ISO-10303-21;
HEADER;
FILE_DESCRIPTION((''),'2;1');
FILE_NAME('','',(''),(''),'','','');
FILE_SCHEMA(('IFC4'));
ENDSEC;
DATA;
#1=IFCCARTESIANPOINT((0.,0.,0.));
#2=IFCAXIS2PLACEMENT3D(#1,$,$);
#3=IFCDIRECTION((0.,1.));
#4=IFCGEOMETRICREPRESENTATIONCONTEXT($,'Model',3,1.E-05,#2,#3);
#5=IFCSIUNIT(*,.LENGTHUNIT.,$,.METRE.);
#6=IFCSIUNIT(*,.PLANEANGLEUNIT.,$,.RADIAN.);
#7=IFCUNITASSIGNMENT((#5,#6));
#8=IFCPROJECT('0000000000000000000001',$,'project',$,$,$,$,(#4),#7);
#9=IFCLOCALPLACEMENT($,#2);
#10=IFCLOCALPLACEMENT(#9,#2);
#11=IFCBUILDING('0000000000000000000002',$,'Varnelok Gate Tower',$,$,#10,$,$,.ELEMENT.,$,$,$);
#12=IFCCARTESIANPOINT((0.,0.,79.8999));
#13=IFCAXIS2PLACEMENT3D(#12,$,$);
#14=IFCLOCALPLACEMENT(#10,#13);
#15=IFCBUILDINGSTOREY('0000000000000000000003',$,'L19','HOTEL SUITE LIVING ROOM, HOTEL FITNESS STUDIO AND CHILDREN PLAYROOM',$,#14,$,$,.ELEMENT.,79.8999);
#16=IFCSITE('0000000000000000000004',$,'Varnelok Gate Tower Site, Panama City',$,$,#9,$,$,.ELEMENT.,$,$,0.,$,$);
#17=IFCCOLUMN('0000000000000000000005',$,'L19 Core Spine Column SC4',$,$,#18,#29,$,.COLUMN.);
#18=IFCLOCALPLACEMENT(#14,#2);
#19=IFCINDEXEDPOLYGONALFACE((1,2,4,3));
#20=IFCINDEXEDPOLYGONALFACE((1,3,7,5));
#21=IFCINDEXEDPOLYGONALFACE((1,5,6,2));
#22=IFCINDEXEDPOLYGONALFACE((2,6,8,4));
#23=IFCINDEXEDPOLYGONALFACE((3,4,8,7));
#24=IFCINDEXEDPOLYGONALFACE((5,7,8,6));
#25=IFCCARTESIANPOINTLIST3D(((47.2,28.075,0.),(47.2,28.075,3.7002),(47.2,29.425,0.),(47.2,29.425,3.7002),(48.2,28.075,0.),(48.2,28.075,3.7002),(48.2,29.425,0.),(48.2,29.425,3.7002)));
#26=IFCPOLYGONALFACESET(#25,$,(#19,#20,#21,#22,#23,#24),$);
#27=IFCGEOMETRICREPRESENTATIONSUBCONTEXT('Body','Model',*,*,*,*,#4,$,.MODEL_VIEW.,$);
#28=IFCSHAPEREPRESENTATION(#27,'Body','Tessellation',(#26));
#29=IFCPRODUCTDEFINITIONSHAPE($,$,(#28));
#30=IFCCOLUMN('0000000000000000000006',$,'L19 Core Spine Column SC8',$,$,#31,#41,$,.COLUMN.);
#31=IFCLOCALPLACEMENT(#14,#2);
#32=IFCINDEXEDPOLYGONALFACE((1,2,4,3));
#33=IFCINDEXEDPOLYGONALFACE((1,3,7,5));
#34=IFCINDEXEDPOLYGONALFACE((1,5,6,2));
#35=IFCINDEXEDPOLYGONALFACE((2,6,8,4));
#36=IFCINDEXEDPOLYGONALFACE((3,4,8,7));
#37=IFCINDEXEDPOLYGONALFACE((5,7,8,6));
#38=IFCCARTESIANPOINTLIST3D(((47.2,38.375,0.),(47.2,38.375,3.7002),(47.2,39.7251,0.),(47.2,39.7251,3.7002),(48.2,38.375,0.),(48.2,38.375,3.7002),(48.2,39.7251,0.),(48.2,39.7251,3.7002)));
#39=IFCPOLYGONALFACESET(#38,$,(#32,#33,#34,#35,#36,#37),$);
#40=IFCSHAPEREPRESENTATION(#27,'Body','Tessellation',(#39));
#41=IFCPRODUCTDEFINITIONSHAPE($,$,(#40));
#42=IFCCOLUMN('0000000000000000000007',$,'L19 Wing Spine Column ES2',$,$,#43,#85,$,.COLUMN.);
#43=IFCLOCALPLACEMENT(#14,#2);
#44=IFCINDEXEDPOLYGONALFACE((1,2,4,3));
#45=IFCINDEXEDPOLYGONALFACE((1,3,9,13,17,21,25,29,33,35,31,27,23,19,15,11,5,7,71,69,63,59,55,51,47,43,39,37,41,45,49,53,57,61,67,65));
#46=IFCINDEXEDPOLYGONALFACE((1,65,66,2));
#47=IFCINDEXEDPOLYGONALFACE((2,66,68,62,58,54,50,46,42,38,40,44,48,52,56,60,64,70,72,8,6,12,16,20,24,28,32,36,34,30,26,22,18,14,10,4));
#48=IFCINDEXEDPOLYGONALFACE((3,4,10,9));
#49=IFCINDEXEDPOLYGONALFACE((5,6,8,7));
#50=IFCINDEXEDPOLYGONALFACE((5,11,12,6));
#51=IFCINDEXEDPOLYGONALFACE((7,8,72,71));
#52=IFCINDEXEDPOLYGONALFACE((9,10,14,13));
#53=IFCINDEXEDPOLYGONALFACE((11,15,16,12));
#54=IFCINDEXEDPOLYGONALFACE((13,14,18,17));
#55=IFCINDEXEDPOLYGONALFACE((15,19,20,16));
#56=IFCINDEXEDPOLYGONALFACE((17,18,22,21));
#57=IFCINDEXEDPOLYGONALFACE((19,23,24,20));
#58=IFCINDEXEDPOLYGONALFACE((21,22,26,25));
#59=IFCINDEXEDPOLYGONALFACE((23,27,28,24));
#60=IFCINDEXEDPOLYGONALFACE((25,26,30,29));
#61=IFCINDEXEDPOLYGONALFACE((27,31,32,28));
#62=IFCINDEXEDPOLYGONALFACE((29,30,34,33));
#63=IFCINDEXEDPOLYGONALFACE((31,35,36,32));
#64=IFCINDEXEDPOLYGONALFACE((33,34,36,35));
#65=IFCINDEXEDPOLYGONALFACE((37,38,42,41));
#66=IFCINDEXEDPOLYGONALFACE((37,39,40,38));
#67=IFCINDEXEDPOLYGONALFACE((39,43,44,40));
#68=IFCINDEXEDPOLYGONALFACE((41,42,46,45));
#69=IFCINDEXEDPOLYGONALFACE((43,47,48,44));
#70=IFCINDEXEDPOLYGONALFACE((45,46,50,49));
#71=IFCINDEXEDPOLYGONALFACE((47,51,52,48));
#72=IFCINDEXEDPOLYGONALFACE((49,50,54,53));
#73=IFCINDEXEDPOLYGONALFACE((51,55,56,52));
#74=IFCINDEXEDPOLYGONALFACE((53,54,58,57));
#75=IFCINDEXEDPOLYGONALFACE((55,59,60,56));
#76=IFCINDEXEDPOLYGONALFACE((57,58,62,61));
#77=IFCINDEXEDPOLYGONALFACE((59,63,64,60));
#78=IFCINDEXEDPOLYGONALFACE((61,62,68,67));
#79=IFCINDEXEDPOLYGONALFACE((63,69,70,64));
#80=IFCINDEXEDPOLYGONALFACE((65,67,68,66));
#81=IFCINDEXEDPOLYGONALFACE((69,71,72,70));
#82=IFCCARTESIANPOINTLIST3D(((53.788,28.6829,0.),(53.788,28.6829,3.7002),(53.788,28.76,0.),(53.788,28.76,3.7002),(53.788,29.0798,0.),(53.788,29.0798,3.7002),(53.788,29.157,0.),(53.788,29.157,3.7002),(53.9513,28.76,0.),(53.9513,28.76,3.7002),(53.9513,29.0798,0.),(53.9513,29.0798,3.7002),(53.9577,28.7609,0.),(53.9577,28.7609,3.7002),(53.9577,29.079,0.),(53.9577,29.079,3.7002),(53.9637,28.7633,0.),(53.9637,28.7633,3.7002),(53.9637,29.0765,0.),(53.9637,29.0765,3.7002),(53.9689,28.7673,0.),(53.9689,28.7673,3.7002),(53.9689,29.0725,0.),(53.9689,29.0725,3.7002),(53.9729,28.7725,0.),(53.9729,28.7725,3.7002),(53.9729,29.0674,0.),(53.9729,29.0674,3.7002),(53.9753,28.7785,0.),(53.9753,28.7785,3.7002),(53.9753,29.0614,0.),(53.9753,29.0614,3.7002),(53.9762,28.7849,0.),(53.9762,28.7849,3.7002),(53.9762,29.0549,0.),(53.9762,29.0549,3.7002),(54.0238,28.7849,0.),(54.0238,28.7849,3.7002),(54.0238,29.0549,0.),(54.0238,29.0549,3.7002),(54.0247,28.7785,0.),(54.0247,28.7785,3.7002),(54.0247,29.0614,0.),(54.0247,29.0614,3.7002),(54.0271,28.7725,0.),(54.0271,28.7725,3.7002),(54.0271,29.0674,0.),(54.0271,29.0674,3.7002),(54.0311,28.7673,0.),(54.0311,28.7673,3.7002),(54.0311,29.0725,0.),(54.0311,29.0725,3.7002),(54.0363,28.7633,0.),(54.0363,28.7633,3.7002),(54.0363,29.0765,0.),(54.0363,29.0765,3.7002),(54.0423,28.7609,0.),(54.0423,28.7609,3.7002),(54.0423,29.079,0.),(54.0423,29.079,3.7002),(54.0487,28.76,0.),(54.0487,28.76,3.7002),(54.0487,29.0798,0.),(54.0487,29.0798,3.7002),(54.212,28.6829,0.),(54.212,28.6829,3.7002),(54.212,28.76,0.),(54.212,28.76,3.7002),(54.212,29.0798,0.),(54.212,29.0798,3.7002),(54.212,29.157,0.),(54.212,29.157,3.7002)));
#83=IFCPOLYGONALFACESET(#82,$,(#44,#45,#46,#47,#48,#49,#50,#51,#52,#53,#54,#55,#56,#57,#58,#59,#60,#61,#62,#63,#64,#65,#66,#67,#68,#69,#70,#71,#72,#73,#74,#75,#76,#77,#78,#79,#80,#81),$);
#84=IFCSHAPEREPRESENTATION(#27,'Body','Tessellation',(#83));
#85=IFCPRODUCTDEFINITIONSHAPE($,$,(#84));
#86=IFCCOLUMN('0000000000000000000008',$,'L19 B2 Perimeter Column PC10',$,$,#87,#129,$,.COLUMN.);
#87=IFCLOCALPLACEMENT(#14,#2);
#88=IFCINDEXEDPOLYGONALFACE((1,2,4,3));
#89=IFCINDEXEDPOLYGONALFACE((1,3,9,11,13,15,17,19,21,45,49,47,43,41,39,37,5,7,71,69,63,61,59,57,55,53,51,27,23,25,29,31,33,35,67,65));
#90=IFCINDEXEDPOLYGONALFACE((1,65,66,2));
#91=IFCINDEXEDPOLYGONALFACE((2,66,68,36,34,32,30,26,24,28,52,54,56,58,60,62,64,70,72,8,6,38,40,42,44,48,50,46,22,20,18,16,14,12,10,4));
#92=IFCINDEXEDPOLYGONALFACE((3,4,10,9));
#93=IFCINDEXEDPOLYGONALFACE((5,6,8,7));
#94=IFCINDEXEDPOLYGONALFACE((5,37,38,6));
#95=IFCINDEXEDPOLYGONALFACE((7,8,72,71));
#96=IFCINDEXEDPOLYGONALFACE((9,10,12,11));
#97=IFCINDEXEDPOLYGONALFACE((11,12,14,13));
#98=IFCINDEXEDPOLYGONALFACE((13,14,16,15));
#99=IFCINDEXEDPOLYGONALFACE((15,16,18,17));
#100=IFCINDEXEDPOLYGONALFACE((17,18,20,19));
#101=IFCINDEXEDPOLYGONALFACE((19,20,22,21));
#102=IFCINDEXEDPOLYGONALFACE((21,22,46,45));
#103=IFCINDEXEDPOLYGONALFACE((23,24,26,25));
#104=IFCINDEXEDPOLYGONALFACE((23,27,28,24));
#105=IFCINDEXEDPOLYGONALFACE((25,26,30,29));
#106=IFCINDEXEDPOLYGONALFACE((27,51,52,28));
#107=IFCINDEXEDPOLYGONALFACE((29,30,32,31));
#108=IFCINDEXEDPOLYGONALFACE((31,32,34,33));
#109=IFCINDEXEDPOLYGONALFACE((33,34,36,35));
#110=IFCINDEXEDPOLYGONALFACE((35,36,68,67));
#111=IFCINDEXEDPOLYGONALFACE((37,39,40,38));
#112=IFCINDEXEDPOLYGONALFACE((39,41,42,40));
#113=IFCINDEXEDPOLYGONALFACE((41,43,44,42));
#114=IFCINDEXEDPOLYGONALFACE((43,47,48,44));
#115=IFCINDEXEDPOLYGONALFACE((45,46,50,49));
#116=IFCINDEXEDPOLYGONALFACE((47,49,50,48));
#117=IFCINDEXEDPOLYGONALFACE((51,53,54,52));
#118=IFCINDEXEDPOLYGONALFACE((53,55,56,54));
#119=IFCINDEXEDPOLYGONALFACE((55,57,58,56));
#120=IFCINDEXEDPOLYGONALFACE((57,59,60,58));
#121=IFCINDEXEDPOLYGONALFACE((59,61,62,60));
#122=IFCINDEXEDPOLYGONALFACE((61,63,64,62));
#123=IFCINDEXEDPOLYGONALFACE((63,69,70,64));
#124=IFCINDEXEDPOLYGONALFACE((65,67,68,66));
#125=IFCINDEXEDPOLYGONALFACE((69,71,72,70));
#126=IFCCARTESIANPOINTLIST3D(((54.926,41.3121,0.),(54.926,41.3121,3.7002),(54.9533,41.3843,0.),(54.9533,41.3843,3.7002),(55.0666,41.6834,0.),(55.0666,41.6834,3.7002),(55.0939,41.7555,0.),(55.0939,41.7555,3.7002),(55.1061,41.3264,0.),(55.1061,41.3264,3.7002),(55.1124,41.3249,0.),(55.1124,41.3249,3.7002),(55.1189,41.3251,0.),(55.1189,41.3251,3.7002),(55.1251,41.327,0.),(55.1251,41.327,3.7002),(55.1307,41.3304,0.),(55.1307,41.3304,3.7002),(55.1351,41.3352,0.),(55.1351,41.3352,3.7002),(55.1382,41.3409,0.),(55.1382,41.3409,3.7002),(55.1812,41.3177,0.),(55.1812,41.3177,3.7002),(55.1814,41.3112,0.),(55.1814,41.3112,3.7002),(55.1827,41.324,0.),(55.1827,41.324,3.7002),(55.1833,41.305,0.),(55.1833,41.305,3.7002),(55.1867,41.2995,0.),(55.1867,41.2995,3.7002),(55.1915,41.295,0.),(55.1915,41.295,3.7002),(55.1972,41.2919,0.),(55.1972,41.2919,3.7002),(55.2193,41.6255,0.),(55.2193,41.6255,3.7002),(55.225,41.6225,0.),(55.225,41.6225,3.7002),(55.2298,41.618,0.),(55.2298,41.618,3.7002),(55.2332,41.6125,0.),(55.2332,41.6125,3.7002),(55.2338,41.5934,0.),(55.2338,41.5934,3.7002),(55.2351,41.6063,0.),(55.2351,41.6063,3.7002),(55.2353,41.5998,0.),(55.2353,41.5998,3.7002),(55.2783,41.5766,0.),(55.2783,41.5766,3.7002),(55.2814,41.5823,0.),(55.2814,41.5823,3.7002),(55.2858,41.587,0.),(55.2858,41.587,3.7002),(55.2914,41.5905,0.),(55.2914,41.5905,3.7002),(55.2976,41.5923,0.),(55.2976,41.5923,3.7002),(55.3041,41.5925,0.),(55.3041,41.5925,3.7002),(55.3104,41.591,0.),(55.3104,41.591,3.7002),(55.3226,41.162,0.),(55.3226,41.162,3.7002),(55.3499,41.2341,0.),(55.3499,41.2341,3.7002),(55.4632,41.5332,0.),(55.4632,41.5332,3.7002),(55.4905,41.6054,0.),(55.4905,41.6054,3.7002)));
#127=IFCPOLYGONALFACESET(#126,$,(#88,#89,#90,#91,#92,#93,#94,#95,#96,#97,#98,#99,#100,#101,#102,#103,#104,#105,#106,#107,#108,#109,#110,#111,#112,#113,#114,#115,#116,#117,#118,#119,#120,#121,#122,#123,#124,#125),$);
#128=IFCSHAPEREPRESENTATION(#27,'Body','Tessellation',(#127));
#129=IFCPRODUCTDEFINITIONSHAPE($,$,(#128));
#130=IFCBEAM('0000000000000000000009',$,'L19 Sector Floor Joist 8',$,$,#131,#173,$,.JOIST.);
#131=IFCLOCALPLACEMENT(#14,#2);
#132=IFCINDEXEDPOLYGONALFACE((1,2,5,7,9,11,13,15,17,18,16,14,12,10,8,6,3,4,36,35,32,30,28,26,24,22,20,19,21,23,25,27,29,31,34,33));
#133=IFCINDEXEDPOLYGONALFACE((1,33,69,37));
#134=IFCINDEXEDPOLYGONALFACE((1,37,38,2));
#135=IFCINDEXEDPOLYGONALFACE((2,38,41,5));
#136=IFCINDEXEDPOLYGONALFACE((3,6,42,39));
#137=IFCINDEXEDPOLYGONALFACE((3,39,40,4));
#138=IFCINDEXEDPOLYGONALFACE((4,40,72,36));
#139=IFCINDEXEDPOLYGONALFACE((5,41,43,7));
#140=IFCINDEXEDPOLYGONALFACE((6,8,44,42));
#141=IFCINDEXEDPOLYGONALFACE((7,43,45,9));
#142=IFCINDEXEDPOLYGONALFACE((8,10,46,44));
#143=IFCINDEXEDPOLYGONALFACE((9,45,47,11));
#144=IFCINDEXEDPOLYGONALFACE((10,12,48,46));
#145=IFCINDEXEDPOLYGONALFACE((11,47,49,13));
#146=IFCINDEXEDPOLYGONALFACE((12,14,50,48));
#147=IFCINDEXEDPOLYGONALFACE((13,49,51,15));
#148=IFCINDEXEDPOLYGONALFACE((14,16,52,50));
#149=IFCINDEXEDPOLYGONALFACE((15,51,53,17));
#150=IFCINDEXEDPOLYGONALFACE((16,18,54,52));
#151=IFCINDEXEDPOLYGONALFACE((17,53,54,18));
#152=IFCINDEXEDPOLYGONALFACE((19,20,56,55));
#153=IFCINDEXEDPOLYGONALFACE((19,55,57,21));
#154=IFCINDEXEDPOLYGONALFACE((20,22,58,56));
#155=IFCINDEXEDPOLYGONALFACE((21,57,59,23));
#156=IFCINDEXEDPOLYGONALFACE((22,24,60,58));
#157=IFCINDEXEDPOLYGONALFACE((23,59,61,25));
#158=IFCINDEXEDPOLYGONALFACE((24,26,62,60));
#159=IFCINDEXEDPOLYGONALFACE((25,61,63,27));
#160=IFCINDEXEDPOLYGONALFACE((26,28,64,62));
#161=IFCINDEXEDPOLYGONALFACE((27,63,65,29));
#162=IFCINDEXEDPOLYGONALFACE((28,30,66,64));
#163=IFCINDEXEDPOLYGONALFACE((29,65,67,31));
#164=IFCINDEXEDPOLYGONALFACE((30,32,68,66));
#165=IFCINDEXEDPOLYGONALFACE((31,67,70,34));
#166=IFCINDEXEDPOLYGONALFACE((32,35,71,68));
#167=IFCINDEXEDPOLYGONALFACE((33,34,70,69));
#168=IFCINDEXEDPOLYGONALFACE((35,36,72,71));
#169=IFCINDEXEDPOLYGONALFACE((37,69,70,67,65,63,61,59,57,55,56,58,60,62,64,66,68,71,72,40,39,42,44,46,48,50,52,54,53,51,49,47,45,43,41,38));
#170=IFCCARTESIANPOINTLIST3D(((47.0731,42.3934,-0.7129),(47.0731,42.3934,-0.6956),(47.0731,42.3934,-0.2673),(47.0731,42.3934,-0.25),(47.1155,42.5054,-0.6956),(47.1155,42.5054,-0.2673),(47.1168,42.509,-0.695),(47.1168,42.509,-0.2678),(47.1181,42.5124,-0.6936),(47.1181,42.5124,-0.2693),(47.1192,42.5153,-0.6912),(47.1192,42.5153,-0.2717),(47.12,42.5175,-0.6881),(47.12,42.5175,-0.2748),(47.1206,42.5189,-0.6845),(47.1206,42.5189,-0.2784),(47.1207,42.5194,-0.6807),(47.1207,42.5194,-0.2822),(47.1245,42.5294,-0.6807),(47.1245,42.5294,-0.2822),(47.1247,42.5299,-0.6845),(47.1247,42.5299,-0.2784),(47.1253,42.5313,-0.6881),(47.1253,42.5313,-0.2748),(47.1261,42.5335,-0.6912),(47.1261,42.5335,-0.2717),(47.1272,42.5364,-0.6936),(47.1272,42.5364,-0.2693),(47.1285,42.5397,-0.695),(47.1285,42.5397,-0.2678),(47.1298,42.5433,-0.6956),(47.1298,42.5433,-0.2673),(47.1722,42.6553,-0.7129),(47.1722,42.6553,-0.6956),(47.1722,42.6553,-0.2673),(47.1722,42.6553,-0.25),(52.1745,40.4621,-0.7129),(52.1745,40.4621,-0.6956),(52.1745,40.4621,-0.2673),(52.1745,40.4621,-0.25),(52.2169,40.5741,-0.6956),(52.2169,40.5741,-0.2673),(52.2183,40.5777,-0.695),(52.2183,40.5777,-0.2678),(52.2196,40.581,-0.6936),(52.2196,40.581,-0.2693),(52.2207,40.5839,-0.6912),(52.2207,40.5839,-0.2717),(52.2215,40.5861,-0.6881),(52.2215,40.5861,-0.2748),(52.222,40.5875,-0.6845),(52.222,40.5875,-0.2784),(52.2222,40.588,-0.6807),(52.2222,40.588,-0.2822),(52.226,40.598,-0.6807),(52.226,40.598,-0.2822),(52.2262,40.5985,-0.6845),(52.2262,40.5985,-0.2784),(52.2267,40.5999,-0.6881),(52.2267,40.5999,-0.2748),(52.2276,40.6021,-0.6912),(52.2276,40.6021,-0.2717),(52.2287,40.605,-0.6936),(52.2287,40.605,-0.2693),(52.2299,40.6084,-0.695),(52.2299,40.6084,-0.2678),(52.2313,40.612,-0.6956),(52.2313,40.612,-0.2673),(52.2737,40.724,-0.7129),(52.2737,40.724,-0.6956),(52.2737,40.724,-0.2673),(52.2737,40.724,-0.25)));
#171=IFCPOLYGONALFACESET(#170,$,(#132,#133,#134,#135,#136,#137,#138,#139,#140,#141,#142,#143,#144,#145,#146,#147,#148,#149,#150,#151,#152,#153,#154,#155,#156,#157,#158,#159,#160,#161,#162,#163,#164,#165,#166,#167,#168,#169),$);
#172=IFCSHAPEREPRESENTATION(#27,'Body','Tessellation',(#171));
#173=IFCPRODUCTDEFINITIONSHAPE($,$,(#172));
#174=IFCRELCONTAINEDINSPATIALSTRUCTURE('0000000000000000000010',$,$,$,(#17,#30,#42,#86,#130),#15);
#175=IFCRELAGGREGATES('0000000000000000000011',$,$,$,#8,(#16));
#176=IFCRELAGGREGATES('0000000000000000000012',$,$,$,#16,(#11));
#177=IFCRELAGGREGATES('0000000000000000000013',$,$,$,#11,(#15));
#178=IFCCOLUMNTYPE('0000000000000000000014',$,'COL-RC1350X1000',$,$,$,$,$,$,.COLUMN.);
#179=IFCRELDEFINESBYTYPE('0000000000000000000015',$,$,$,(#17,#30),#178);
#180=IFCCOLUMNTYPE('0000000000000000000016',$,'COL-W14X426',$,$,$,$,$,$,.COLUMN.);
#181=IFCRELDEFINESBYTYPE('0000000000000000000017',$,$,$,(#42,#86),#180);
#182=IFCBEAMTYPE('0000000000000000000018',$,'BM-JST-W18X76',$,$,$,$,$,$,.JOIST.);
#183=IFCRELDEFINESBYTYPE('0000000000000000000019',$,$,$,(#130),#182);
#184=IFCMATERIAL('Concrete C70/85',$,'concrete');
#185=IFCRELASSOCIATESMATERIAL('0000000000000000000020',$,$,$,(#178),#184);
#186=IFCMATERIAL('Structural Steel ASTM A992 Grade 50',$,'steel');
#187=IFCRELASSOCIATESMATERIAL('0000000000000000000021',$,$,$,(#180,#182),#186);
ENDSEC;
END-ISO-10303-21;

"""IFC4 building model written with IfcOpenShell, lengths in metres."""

from ifc_helpers import new_model, si_unit, direction, frame, origin, origin_2d, place, context, subcontext, project, spatial, rectangle, i_section, extrude, material, material_profile, profile_set, type_object, element, save


model = new_model("IFC4")

# Units and contexts
model_context = context("Model", 3, precision=1e-05, world=origin(), true_north=direction((0.0, 1.0)))
body_context = subcontext(model_context, "Body", "Model", "MODEL_VIEW")
ifc_project = project(units=[si_unit("LENGTHUNIT", "METRE"), si_unit("PLANEANGLEUNIT", "RADIAN")], contexts=[model_context])

# Site, building, storey
site_placement = place(None, origin())
site = spatial("IfcSite", under=ifc_project, at=site_placement, Name="Varnelok Gate Tower Site, Panama City", CompositionType="ELEMENT", RefElevation=0.0)
building_placement = place(site_placement, origin())
building = spatial("IfcBuilding", under=site, at=building_placement, Name="Varnelok Gate Tower", CompositionType="ELEMENT")
storey_placement = place(building_placement, frame((0.0, 0.0, 79.8999)))
storey = spatial("IfcBuildingStorey", under=building, at=storey_placement, Name="L19", Description="HOTEL SUITE LIVING ROOM, HOTEL FITNESS STUDIO AND CHILDREN PLAYROOM", CompositionType="ELEMENT", Elevation=79.8999)

# Columns
ifc_material_1 = material(Name="Concrete C70/85", Category="concrete")
ifc_material_profile_1 = material_profile(ifc_material_1, rectangle(XDim=1.0, YDim=1.3501, at=origin_2d()), Name="RC1350X1000")
ifc_profile_set_1 = profile_set([ifc_material_profile_1], Name="Concrete C70/85")
column_type_1 = type_object("IfcColumnType", Name="COL-RC1350X1000", PredefinedType="COLUMN", material=ifc_profile_set_1)
for number, where, z_axis, x_axis, name in (
    (1, (47.7, 28.75, 0.0), (0.0, 0.0, 1.0), (1.0, 0.0, 0.0), "L19 Core Spine Column SC4"),
    (2, (47.7, 39.05, 0.0), (0.0, 0.0, 1.0), (1.0, 0.0, 0.0), "L19 Core Spine Column SC8"),
):
    element("IfcColumn", number, at=place(storey_placement, frame(where, z_axis=z_axis, x_axis=x_axis)), inside=storey, type_object=column_type_1, Name=name, PredefinedType="COLUMN", context=body_context, shape_type="SweptSolid", body=[
        extrude(rectangle(XDim=1.0, YDim=1.3501, at=origin_2d()), origin(), (0.0, 0.0, 1.0), 3.7002),
    ])
ifc_material_2 = material(Name="Structural Steel ASTM A992 Grade 50", Category="steel")
ifc_material_profile_2 = material_profile(ifc_material_2, i_section(OverallWidth=0.4241, OverallDepth=0.4741, WebThickness=0.0476, FlangeThickness=0.0771, FilletRadius=0.0249, at=origin_2d()), Name="W14X426")
ifc_profile_set_2 = profile_set([ifc_material_profile_2], Name="Structural Steel ASTM A992 Grade 50")
column_type_2 = type_object("IfcColumnType", Name="COL-W14X426", PredefinedType="COLUMN", material=ifc_profile_set_2)
for number, where, z_axis, x_axis, name in (
    (3, (54.0, 28.9199, 0.0), (0.0, 0.0, 1.0), (1.0, 0.0, 0.0), "L19 Wing Spine Column ES2"),
    (4, (55.2083, 41.4587, 0.0), (0.0, 0.0, 1.0), (0.935222, -0.354063, 0.0), "L19 B2 Perimeter Column PC10"),
):
    element("IfcColumn", number, at=place(storey_placement, frame(where, z_axis=z_axis, x_axis=x_axis)), inside=storey, type_object=column_type_2, Name=name, PredefinedType="COLUMN", context=body_context, shape_type="SweptSolid", body=[
        extrude(i_section(OverallWidth=0.4241, OverallDepth=0.4741, WebThickness=0.0476, FlangeThickness=0.0771, FilletRadius=0.0249, at=origin_2d()), origin(), (0.0, 0.0, 1.0), 3.7002),
    ])

# Beam
ifc_material_profile_3 = material_profile(ifc_material_2, i_section(OverallWidth=0.28, OverallDepth=0.4629, WebThickness=0.0107, FlangeThickness=0.0173, FilletRadius=0.0149, at=origin_2d()), Name="W18X76")
ifc_profile_set_3 = profile_set([ifc_material_profile_3], Name="Structural Steel ASTM A992 Grade 50")
beam_type_1 = type_object("IfcBeamType", Name="BM-JST-W18X76", PredefinedType="JOIST", material=ifc_profile_set_3)
beam_1_placement = place(storey_placement, frame((52.2241, 40.593, -0.4814), z_axis=(-0.935221, 0.354065, 0.0), x_axis=(-0.354065, -0.935221, 0.0)))
element("IfcBeam", 5, at=beam_1_placement, inside=storey, type_object=beam_type_1, Name="L19 Sector Floor Joist 8", PredefinedType="JOIST", context=body_context, shape_type="SweptSolid", body=[
    extrude(i_section(OverallWidth=0.28, OverallDepth=0.4629, WebThickness=0.0107, FlangeThickness=0.0173, FilletRadius=0.0149, at=origin_2d()), origin(), (0.0, 0.0, 1.0), 5.4548),
])

save(model, "model.ifc")
